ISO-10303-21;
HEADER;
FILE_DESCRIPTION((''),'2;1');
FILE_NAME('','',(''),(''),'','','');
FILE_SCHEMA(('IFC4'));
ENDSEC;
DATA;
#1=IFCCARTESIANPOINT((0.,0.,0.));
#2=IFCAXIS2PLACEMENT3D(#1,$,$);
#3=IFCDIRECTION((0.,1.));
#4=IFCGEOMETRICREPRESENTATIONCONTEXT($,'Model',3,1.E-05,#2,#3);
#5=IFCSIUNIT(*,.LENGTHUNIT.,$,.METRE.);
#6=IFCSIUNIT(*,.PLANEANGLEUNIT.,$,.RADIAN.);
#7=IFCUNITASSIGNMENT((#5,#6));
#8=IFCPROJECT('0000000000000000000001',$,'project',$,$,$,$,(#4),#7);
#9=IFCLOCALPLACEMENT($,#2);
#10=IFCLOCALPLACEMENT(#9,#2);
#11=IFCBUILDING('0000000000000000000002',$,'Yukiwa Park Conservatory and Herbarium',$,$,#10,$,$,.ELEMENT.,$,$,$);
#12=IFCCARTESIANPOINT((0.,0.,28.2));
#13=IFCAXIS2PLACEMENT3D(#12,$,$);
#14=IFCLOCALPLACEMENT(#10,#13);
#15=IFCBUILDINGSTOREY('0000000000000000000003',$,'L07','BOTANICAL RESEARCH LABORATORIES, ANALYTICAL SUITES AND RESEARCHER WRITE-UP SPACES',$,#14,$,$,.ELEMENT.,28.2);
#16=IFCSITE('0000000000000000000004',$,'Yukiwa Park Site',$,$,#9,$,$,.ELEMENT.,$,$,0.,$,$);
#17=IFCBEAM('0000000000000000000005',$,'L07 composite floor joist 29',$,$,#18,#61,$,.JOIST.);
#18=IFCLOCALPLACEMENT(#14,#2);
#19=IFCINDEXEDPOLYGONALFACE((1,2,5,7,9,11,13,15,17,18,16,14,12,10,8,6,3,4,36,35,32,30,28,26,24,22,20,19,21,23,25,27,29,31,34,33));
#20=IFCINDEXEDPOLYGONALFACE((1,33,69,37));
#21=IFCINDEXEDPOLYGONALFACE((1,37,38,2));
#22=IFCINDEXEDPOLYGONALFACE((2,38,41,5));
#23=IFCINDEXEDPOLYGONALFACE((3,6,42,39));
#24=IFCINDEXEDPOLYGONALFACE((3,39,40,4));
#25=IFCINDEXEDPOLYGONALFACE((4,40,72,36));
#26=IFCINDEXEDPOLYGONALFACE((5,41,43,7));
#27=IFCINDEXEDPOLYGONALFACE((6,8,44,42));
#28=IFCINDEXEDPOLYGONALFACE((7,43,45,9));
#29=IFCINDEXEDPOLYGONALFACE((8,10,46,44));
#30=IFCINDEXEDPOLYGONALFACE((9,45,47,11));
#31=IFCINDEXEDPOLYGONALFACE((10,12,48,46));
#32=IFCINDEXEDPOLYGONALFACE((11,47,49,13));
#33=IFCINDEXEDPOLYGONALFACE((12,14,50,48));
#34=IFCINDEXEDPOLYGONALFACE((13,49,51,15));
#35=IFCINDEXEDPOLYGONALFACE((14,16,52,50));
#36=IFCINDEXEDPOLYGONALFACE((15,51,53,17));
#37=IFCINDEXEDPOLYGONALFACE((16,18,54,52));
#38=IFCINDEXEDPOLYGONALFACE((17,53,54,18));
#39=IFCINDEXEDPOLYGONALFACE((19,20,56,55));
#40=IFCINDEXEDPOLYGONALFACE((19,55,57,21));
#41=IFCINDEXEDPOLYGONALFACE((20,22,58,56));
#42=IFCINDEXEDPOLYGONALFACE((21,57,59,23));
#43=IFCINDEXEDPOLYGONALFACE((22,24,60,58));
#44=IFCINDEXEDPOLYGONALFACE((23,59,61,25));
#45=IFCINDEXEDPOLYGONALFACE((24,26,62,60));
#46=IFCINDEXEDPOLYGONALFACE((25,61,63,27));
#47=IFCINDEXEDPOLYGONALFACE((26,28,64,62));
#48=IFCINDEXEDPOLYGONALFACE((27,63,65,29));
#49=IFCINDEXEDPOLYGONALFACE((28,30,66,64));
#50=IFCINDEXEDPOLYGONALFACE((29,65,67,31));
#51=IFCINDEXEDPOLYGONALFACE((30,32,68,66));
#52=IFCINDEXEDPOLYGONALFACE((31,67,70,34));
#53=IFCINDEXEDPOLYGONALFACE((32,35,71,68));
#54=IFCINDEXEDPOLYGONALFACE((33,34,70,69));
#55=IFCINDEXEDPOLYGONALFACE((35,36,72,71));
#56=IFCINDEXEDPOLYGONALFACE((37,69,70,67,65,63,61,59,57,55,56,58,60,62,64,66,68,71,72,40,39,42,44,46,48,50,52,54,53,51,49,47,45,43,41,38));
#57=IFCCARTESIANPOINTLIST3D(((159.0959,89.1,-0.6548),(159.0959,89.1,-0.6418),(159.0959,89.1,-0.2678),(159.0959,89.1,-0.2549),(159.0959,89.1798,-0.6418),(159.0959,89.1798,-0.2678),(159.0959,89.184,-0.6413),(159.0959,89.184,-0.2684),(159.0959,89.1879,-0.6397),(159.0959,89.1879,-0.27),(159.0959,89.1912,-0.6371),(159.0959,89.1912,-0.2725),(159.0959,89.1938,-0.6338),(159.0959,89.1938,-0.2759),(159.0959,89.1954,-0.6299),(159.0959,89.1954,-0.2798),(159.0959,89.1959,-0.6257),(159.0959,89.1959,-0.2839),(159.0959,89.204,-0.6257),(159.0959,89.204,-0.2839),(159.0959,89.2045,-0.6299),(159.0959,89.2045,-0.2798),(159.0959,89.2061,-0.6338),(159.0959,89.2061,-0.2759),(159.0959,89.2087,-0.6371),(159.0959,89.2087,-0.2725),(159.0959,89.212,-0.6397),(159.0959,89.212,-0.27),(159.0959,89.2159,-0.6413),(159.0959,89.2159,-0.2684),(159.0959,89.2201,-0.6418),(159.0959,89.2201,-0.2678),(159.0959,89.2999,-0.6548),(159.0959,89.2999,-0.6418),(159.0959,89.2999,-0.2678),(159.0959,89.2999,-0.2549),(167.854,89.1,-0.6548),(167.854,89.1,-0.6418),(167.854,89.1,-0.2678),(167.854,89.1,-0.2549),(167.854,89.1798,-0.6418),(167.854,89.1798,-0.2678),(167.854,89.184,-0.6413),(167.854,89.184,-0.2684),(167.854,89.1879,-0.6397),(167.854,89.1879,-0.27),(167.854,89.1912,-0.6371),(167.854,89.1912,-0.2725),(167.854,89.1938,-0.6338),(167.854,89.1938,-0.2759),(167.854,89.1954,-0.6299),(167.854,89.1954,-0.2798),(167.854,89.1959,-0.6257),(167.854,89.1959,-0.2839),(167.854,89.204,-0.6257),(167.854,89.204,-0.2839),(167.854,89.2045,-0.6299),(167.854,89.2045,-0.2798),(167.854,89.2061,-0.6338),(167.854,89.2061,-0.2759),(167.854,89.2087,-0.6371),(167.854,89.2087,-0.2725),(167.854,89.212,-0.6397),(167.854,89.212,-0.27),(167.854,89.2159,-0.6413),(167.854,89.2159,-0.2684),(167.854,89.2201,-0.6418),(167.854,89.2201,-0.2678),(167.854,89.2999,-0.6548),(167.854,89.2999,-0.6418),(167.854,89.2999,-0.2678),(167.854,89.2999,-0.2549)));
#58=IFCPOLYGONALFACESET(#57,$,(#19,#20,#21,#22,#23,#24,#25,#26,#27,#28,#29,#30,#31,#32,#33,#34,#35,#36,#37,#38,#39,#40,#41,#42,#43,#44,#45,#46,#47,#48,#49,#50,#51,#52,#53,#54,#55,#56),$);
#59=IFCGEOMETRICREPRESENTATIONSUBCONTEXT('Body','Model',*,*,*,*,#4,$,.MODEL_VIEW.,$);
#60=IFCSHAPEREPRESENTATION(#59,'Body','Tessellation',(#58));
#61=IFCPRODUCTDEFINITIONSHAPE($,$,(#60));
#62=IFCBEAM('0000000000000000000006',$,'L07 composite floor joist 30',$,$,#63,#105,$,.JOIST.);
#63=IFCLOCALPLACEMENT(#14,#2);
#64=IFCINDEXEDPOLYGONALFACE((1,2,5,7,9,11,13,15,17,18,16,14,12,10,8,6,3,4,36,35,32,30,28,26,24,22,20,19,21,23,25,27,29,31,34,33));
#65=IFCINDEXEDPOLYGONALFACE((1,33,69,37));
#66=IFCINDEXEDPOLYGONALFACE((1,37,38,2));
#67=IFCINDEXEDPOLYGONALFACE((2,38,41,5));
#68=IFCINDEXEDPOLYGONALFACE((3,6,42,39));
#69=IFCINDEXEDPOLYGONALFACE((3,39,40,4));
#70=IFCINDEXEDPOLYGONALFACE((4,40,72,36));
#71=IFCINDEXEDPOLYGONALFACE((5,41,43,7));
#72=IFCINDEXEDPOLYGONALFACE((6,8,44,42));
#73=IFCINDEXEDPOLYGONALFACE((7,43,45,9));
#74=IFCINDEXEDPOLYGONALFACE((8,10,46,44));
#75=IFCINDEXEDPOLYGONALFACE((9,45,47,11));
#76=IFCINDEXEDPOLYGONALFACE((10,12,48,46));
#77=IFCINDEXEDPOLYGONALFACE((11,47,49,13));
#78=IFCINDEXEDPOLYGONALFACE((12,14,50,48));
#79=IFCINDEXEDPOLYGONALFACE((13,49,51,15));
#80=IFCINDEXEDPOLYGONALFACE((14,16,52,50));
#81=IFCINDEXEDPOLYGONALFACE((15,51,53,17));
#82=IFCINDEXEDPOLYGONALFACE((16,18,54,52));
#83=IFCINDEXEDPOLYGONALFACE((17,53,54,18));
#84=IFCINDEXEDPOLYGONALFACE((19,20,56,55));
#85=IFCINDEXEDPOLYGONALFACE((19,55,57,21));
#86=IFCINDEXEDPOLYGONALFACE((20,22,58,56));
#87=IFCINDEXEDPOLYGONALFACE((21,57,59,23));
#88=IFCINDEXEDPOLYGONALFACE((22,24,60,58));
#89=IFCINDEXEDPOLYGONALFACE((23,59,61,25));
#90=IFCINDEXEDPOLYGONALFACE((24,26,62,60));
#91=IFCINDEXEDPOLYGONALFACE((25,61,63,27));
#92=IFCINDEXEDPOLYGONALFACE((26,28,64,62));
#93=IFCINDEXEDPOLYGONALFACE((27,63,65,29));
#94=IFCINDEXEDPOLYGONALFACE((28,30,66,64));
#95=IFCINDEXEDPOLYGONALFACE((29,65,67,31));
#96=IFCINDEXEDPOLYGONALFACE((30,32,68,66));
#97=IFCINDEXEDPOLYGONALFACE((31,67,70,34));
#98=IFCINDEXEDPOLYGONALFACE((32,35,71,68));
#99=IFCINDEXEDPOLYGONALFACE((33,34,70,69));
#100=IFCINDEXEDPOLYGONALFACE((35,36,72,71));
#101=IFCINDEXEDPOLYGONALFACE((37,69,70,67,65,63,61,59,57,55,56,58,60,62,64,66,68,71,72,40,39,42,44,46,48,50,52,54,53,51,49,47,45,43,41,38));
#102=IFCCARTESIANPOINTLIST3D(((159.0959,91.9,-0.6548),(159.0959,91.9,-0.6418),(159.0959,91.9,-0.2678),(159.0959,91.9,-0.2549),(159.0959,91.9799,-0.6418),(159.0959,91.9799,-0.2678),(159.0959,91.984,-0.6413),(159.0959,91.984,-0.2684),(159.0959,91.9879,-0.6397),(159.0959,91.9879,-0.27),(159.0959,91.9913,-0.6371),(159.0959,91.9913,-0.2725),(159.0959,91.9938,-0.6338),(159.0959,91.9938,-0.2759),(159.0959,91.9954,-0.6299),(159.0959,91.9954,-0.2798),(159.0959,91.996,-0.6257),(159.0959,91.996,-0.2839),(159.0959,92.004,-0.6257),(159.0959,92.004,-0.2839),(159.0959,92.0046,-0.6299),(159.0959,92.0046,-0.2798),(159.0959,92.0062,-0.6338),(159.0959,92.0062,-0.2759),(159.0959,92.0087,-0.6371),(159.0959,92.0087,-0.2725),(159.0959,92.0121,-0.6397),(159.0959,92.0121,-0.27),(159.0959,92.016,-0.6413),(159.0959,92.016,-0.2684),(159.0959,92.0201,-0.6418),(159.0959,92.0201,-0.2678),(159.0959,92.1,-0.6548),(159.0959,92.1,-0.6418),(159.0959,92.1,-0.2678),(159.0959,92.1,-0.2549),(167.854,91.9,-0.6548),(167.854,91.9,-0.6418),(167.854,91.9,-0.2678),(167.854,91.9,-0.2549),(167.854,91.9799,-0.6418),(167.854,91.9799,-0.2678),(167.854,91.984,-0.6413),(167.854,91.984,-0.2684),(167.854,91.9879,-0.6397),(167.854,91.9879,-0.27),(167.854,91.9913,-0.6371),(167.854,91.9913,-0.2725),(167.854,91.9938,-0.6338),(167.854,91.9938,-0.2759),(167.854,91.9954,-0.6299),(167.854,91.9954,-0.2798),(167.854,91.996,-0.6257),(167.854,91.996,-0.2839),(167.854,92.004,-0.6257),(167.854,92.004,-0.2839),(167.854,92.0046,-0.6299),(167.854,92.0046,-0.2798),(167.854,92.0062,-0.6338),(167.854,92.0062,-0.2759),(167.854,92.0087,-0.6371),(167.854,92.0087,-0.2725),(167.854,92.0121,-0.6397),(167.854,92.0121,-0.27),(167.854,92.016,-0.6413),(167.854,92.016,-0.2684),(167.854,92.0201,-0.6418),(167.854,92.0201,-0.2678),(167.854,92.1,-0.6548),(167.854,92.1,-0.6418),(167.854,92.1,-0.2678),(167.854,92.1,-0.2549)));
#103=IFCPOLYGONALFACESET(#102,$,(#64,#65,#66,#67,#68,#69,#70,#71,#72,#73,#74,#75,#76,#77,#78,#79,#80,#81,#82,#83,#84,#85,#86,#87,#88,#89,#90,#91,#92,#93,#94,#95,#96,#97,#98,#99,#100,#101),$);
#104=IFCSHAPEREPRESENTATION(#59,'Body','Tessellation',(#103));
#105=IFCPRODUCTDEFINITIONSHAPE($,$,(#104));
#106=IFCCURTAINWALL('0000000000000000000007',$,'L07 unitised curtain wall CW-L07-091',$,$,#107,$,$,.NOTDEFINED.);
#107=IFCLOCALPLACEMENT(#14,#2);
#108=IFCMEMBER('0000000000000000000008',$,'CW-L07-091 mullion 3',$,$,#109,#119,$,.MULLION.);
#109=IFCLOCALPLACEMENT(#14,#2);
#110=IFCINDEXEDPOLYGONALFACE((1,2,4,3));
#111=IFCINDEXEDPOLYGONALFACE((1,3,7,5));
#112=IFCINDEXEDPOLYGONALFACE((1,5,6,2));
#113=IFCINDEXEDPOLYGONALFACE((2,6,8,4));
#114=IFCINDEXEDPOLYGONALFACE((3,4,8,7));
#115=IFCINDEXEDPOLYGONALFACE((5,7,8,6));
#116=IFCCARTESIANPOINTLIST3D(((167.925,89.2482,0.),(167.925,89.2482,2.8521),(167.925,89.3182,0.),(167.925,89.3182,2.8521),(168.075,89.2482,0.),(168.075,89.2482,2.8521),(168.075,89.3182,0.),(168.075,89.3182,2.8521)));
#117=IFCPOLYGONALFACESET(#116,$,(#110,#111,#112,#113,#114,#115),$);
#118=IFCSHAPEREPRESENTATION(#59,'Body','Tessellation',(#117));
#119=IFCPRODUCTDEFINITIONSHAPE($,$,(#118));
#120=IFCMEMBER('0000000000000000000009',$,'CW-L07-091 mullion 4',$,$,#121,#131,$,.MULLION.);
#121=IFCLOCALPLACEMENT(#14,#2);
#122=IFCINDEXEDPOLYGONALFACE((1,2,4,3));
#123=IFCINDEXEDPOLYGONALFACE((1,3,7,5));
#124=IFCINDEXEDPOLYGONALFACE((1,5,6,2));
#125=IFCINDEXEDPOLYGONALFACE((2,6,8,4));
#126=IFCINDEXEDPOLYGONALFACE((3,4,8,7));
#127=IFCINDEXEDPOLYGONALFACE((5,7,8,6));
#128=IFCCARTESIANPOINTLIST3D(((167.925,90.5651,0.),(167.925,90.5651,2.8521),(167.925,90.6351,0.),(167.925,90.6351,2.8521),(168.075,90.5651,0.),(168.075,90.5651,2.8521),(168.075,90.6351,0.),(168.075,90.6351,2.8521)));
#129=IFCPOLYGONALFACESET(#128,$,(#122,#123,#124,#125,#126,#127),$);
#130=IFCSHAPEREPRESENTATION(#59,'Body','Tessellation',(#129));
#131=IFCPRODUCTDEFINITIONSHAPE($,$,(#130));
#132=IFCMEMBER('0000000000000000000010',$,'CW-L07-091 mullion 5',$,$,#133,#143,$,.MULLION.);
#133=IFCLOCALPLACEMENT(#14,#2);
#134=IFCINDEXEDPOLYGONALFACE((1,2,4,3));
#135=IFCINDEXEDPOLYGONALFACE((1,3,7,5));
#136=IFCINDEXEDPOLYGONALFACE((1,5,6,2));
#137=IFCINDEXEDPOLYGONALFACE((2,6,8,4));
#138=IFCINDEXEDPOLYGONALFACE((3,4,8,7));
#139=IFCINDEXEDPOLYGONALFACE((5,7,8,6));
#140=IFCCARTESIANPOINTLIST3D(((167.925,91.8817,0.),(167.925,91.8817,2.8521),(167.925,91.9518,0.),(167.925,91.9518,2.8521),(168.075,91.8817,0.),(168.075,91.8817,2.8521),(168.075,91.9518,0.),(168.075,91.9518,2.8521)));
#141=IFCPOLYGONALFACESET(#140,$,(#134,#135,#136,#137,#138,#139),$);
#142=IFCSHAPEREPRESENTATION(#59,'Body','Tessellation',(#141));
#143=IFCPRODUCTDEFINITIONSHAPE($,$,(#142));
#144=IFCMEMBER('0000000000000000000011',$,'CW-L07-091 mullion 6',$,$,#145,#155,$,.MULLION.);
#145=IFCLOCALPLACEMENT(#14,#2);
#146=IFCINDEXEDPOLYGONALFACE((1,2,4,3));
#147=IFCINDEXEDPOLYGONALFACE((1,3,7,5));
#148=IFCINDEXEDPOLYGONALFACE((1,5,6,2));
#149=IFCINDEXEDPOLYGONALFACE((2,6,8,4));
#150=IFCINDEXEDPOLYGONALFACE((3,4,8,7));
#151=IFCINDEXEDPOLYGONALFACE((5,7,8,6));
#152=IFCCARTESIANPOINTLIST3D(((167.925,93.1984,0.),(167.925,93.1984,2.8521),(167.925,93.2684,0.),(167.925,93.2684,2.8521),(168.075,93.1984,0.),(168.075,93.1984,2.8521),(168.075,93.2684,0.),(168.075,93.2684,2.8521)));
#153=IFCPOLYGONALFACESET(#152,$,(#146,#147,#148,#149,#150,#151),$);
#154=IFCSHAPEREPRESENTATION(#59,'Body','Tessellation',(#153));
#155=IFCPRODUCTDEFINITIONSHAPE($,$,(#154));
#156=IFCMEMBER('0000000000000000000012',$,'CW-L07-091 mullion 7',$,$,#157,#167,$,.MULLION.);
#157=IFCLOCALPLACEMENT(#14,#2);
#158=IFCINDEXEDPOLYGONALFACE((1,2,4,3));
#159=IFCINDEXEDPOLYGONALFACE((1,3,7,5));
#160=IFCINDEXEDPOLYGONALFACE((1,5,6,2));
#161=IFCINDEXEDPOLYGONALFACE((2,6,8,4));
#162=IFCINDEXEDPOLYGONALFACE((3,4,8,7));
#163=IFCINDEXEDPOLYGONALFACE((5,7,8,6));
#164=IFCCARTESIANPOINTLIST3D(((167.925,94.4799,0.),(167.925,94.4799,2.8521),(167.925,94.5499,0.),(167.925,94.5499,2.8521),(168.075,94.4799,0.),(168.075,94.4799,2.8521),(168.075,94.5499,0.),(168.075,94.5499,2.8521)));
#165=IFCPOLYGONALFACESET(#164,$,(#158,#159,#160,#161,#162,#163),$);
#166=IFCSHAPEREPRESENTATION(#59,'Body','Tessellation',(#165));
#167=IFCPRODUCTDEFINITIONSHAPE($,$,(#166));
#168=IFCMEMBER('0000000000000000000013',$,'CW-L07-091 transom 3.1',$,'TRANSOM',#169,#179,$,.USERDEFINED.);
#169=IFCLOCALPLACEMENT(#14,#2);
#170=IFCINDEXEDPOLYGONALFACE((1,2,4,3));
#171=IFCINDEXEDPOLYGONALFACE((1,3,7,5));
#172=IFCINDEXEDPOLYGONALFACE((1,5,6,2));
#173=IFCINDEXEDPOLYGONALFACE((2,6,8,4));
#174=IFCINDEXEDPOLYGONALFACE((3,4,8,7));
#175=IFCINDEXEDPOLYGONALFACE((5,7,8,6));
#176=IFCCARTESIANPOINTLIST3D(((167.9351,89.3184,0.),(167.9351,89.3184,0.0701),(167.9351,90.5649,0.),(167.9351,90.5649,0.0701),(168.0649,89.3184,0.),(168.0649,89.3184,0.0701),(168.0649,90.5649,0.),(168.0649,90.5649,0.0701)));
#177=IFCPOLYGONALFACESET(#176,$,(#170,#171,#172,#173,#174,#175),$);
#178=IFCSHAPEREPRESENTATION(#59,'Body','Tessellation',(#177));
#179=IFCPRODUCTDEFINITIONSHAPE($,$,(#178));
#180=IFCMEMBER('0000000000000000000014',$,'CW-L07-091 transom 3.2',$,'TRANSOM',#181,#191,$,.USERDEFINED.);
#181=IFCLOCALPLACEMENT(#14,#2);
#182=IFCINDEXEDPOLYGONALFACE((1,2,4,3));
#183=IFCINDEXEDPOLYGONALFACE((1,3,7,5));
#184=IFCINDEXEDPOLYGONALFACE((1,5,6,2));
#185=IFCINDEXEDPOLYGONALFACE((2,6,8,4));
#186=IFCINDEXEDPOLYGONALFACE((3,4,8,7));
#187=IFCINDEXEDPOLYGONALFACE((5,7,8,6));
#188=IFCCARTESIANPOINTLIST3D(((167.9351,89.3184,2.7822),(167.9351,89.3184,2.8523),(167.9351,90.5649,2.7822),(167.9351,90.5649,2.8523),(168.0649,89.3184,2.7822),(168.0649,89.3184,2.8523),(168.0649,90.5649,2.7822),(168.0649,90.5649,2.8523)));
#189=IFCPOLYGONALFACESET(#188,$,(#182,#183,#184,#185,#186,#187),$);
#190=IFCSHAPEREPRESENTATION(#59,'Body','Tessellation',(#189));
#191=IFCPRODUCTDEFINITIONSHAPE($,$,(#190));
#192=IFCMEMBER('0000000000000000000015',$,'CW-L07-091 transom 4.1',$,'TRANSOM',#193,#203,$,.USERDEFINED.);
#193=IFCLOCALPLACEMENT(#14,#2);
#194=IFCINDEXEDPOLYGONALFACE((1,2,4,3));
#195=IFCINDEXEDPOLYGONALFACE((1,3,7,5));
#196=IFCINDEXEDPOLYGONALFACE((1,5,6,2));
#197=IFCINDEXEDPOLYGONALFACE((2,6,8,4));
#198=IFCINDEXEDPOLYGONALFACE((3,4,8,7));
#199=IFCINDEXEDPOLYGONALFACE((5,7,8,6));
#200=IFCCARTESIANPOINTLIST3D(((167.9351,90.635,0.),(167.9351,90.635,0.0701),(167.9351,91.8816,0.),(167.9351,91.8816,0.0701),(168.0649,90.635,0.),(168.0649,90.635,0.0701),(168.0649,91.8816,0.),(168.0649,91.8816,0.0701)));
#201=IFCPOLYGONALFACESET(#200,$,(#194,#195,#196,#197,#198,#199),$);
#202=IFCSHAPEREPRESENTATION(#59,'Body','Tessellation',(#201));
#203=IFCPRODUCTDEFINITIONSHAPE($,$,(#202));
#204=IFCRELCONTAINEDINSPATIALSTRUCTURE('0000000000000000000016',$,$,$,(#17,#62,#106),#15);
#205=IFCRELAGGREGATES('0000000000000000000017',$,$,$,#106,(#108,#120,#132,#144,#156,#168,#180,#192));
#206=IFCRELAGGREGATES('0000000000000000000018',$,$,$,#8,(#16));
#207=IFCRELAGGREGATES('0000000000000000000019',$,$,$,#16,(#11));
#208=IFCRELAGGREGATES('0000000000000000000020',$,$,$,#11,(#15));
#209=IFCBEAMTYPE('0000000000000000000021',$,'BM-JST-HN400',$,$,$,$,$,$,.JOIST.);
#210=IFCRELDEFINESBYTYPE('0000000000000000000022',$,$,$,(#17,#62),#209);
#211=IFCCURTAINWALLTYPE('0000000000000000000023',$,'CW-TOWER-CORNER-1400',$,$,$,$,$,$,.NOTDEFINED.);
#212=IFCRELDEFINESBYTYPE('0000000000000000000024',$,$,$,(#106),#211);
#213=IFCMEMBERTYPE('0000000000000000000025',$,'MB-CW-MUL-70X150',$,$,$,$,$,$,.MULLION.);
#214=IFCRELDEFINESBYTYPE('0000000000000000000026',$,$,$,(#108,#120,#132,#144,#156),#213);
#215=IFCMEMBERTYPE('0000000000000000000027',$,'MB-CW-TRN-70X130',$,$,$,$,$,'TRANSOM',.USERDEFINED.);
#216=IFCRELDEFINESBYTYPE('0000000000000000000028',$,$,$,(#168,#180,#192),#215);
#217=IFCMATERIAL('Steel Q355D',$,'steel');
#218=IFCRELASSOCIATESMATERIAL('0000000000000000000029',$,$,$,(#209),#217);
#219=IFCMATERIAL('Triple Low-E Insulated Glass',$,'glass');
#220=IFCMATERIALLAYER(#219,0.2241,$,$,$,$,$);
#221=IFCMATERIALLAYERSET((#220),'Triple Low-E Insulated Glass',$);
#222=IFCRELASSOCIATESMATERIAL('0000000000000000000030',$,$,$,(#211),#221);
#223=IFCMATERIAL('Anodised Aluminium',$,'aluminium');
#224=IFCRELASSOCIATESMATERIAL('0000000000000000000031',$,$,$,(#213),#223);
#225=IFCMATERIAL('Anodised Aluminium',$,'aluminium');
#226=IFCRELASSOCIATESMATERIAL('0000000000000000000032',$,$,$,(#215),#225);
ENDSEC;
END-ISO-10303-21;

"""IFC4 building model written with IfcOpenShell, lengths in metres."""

from ifc_helpers import new_model, si_unit, direction, frame, origin, origin_2d, place, context, subcontext, project, spatial, rectangle, i_section, extrude, material, layer, layer_set, material_profile, profile_set, type_object, element, aggregate, save


model = new_model("IFC4")

# Units and contexts
model_context = context("Model", 3, precision=1e-05, world=origin(), true_north=direction((0.0, 1.0)))
body_context = subcontext(model_context, "Body", "Model", "MODEL_VIEW")
ifc_project = project(units=[si_unit("LENGTHUNIT", "METRE"), si_unit("PLANEANGLEUNIT", "RADIAN")], contexts=[model_context])

# Site, building, storey
site_placement = place(None, origin())
site = spatial("IfcSite", under=ifc_project, at=site_placement, Name="Yukiwa Park Site", CompositionType="ELEMENT", RefElevation=0.0)
building_placement = place(site_placement, origin())
building = spatial("IfcBuilding", under=site, at=building_placement, Name="Yukiwa Park Conservatory and Herbarium", CompositionType="ELEMENT")
storey_placement = place(building_placement, frame((0.0, 0.0, 28.2)))
storey = spatial("IfcBuildingStorey", under=building, at=storey_placement, Name="L07", Description="BOTANICAL RESEARCH LABORATORIES, ANALYTICAL SUITES AND RESEARCHER WRITE-UP SPACES", CompositionType="ELEMENT", Elevation=28.2)

# Beams
ifc_material_1 = material(Name="Steel Q355D", Category="steel")
ifc_material_profile_1 = material_profile(ifc_material_1, i_section(OverallWidth=0.2, OverallDepth=0.3999, WebThickness=0.0081, FlangeThickness=0.0129, FilletRadius=0.0161, at=origin_2d()), Name="HN 400x200x8x13")
ifc_profile_set_1 = profile_set([ifc_material_profile_1], Name="Steel Q355D")
beam_type_1 = type_object("IfcBeamType", Name="BM-JST-HN400", PredefinedType="JOIST", material=ifc_profile_set_1)
for number, where, z_axis, x_axis, name in (
    (1, (159.0959, 89.2, -0.4548), (1.0, 0.0, 0.0), (0.0, 1.0, 0.0), "L07 composite floor joist 29"),
    (2, (159.0959, 92.0, -0.4548), (1.0, 0.0, 0.0), (0.0, 1.0, 0.0), "L07 composite floor joist 30"),
):
    element("IfcBeam", number, at=place(storey_placement, frame(where, z_axis=z_axis, x_axis=x_axis)), inside=storey, type_object=beam_type_1, Name=name, PredefinedType="JOIST", context=body_context, shape_type="SweptSolid", body=[
        extrude(i_section(OverallWidth=0.2, OverallDepth=0.3999, WebThickness=0.0081, FlangeThickness=0.0129, FilletRadius=0.0161, at=origin_2d()), origin(), (0.0, 0.0, 1.0), 8.7581),
    ])

# Curtain wall, members
ifc_material_2 = material(Name="Triple Low-E Insulated Glass", Category="glass")
ifc_layer_1 = layer(ifc_material_2, 0.2241)
ifc_layer_set_1 = layer_set([ifc_layer_1], Name="Triple Low-E Insulated Glass")
curtain_wall_type = type_object("IfcCurtainWallType", Name="CW-TOWER-CORNER-1400", PredefinedType="NOTDEFINED", material=ifc_layer_set_1)
curtain_wall_placement = place(storey_placement, origin())
curtain_wall = element("IfcCurtainWall", 3, at=curtain_wall_placement, inside=storey, type_object=curtain_wall_type, Name="L07 unitised curtain wall CW-L07-091", PredefinedType="NOTDEFINED")
ifc_material_3 = material(Name="Anodised Aluminium", Category="aluminium")
member_type_1 = type_object("IfcMemberType", Name="MB-CW-MUL-70X150", PredefinedType="MULLION", material=ifc_material_3)
member_1_placement = place(storey_placement, frame((168.0, 89.2832, 0.0), z_axis=(0.0, 0.0, 1.0), x_axis=(0.0, 1.0, 0.0)))
member_1 = element("IfcMember", 4, at=member_1_placement, type_object=member_type_1, Name="CW-L07-091 mullion 3", PredefinedType="MULLION", context=body_context, shape_type="SweptSolid", body=[
    extrude(rectangle(XDim=0.0701, YDim=0.1499, at=origin_2d()), origin(), (0.0, 0.0, 1.0), 2.8521),
])
member_2_placement = place(storey_placement, frame((168.0, 90.6001, 0.0), z_axis=(0.0, 0.0, 1.0), x_axis=(0.0, 1.0, 0.0)))
member_2 = element("IfcMember", 5, at=member_2_placement, type_object=member_type_1, Name="CW-L07-091 mullion 4", PredefinedType="MULLION", context=body_context, shape_type="SweptSolid", body=[
    extrude(rectangle(XDim=0.0701, YDim=0.1499, at=origin_2d()), origin(), (0.0, 0.0, 1.0), 2.8521),
])
member_3_placement = place(storey_placement, frame((168.0, 91.9167, 0.0), z_axis=(0.0, 0.0, 1.0), x_axis=(0.0, 1.0, 0.0)))
member_3 = element("IfcMember", 6, at=member_3_placement, type_object=member_type_1, Name="CW-L07-091 mullion 5", PredefinedType="MULLION", context=body_context, shape_type="SweptSolid", body=[
    extrude(rectangle(XDim=0.0701, YDim=0.1499, at=origin_2d()), origin(), (0.0, 0.0, 1.0), 2.8521),
])
member_4_placement = place(storey_placement, frame((168.0, 93.2334, 0.0), z_axis=(0.0, 0.0, 1.0), x_axis=(0.0, 1.0, 0.0)))
member_4 = element("IfcMember", 7, at=member_4_placement, type_object=member_type_1, Name="CW-L07-091 mullion 6", PredefinedType="MULLION", context=body_context, shape_type="SweptSolid", body=[
    extrude(rectangle(XDim=0.0701, YDim=0.1499, at=origin_2d()), origin(), (0.0, 0.0, 1.0), 2.8521),
])
member_5_placement = place(storey_placement, frame((168.0, 94.5149, 0.0), z_axis=(0.0, 0.0, 1.0), x_axis=(0.0, 1.0, 0.0)))
member_5 = element("IfcMember", 8, at=member_5_placement, type_object=member_type_1, Name="CW-L07-091 mullion 7", PredefinedType="MULLION", context=body_context, shape_type="SweptSolid", body=[
    extrude(rectangle(XDim=0.0701, YDim=0.1499, at=origin_2d()), origin(), (0.0, 0.0, 1.0), 2.8521),
])
ifc_material_4 = material(Name="Anodised Aluminium", Category="aluminium")
member_type_2 = type_object("IfcMemberType", Name="MB-CW-TRN-70X130", ElementType="TRANSOM", PredefinedType="USERDEFINED", material=ifc_material_4)
member_6_placement = place(storey_placement, frame((168.0, 89.9417, 0.0), z_axis=(0.0, 0.0, 1.0), x_axis=(0.0, 1.0, 0.0)))
member_6 = element("IfcMember", 9, at=member_6_placement, type_object=member_type_2, Name="CW-L07-091 transom 3.1", ObjectType="TRANSOM", PredefinedType="USERDEFINED", context=body_context, shape_type="SweptSolid", body=[
    extrude(rectangle(XDim=1.2466, YDim=0.1299, at=origin_2d()), origin(), (0.0, 0.0, 1.0), 0.0701),
])
member_7_placement = place(storey_placement, frame((168.0, 89.9417, 2.7822), z_axis=(0.0, 0.0, 1.0), x_axis=(0.0, 1.0, 0.0)))
member_7 = element("IfcMember", 10, at=member_7_placement, type_object=member_type_2, Name="CW-L07-091 transom 3.2", ObjectType="TRANSOM", PredefinedType="USERDEFINED", context=body_context, shape_type="SweptSolid", body=[
    extrude(rectangle(XDim=1.2466, YDim=0.1299, at=origin_2d()), origin(), (0.0, 0.0, 1.0), 0.0701),
])
member_8_placement = place(storey_placement, frame((168.0, 91.2583, 0.0), z_axis=(0.0, 0.0, 1.0), x_axis=(0.0, 1.0, 0.0)))
member_8 = element("IfcMember", 11, at=member_8_placement, type_object=member_type_2, Name="CW-L07-091 transom 4.1", ObjectType="TRANSOM", PredefinedType="USERDEFINED", context=body_context, shape_type="SweptSolid", body=[
    extrude(rectangle(XDim=1.2466, YDim=0.1299, at=origin_2d()), origin(), (0.0, 0.0, 1.0), 0.0701),
])
aggregate(curtain_wall, [member_1, member_2, member_3, member_4, member_5, member_6, member_7, member_8])

save(model, "model.ifc")
